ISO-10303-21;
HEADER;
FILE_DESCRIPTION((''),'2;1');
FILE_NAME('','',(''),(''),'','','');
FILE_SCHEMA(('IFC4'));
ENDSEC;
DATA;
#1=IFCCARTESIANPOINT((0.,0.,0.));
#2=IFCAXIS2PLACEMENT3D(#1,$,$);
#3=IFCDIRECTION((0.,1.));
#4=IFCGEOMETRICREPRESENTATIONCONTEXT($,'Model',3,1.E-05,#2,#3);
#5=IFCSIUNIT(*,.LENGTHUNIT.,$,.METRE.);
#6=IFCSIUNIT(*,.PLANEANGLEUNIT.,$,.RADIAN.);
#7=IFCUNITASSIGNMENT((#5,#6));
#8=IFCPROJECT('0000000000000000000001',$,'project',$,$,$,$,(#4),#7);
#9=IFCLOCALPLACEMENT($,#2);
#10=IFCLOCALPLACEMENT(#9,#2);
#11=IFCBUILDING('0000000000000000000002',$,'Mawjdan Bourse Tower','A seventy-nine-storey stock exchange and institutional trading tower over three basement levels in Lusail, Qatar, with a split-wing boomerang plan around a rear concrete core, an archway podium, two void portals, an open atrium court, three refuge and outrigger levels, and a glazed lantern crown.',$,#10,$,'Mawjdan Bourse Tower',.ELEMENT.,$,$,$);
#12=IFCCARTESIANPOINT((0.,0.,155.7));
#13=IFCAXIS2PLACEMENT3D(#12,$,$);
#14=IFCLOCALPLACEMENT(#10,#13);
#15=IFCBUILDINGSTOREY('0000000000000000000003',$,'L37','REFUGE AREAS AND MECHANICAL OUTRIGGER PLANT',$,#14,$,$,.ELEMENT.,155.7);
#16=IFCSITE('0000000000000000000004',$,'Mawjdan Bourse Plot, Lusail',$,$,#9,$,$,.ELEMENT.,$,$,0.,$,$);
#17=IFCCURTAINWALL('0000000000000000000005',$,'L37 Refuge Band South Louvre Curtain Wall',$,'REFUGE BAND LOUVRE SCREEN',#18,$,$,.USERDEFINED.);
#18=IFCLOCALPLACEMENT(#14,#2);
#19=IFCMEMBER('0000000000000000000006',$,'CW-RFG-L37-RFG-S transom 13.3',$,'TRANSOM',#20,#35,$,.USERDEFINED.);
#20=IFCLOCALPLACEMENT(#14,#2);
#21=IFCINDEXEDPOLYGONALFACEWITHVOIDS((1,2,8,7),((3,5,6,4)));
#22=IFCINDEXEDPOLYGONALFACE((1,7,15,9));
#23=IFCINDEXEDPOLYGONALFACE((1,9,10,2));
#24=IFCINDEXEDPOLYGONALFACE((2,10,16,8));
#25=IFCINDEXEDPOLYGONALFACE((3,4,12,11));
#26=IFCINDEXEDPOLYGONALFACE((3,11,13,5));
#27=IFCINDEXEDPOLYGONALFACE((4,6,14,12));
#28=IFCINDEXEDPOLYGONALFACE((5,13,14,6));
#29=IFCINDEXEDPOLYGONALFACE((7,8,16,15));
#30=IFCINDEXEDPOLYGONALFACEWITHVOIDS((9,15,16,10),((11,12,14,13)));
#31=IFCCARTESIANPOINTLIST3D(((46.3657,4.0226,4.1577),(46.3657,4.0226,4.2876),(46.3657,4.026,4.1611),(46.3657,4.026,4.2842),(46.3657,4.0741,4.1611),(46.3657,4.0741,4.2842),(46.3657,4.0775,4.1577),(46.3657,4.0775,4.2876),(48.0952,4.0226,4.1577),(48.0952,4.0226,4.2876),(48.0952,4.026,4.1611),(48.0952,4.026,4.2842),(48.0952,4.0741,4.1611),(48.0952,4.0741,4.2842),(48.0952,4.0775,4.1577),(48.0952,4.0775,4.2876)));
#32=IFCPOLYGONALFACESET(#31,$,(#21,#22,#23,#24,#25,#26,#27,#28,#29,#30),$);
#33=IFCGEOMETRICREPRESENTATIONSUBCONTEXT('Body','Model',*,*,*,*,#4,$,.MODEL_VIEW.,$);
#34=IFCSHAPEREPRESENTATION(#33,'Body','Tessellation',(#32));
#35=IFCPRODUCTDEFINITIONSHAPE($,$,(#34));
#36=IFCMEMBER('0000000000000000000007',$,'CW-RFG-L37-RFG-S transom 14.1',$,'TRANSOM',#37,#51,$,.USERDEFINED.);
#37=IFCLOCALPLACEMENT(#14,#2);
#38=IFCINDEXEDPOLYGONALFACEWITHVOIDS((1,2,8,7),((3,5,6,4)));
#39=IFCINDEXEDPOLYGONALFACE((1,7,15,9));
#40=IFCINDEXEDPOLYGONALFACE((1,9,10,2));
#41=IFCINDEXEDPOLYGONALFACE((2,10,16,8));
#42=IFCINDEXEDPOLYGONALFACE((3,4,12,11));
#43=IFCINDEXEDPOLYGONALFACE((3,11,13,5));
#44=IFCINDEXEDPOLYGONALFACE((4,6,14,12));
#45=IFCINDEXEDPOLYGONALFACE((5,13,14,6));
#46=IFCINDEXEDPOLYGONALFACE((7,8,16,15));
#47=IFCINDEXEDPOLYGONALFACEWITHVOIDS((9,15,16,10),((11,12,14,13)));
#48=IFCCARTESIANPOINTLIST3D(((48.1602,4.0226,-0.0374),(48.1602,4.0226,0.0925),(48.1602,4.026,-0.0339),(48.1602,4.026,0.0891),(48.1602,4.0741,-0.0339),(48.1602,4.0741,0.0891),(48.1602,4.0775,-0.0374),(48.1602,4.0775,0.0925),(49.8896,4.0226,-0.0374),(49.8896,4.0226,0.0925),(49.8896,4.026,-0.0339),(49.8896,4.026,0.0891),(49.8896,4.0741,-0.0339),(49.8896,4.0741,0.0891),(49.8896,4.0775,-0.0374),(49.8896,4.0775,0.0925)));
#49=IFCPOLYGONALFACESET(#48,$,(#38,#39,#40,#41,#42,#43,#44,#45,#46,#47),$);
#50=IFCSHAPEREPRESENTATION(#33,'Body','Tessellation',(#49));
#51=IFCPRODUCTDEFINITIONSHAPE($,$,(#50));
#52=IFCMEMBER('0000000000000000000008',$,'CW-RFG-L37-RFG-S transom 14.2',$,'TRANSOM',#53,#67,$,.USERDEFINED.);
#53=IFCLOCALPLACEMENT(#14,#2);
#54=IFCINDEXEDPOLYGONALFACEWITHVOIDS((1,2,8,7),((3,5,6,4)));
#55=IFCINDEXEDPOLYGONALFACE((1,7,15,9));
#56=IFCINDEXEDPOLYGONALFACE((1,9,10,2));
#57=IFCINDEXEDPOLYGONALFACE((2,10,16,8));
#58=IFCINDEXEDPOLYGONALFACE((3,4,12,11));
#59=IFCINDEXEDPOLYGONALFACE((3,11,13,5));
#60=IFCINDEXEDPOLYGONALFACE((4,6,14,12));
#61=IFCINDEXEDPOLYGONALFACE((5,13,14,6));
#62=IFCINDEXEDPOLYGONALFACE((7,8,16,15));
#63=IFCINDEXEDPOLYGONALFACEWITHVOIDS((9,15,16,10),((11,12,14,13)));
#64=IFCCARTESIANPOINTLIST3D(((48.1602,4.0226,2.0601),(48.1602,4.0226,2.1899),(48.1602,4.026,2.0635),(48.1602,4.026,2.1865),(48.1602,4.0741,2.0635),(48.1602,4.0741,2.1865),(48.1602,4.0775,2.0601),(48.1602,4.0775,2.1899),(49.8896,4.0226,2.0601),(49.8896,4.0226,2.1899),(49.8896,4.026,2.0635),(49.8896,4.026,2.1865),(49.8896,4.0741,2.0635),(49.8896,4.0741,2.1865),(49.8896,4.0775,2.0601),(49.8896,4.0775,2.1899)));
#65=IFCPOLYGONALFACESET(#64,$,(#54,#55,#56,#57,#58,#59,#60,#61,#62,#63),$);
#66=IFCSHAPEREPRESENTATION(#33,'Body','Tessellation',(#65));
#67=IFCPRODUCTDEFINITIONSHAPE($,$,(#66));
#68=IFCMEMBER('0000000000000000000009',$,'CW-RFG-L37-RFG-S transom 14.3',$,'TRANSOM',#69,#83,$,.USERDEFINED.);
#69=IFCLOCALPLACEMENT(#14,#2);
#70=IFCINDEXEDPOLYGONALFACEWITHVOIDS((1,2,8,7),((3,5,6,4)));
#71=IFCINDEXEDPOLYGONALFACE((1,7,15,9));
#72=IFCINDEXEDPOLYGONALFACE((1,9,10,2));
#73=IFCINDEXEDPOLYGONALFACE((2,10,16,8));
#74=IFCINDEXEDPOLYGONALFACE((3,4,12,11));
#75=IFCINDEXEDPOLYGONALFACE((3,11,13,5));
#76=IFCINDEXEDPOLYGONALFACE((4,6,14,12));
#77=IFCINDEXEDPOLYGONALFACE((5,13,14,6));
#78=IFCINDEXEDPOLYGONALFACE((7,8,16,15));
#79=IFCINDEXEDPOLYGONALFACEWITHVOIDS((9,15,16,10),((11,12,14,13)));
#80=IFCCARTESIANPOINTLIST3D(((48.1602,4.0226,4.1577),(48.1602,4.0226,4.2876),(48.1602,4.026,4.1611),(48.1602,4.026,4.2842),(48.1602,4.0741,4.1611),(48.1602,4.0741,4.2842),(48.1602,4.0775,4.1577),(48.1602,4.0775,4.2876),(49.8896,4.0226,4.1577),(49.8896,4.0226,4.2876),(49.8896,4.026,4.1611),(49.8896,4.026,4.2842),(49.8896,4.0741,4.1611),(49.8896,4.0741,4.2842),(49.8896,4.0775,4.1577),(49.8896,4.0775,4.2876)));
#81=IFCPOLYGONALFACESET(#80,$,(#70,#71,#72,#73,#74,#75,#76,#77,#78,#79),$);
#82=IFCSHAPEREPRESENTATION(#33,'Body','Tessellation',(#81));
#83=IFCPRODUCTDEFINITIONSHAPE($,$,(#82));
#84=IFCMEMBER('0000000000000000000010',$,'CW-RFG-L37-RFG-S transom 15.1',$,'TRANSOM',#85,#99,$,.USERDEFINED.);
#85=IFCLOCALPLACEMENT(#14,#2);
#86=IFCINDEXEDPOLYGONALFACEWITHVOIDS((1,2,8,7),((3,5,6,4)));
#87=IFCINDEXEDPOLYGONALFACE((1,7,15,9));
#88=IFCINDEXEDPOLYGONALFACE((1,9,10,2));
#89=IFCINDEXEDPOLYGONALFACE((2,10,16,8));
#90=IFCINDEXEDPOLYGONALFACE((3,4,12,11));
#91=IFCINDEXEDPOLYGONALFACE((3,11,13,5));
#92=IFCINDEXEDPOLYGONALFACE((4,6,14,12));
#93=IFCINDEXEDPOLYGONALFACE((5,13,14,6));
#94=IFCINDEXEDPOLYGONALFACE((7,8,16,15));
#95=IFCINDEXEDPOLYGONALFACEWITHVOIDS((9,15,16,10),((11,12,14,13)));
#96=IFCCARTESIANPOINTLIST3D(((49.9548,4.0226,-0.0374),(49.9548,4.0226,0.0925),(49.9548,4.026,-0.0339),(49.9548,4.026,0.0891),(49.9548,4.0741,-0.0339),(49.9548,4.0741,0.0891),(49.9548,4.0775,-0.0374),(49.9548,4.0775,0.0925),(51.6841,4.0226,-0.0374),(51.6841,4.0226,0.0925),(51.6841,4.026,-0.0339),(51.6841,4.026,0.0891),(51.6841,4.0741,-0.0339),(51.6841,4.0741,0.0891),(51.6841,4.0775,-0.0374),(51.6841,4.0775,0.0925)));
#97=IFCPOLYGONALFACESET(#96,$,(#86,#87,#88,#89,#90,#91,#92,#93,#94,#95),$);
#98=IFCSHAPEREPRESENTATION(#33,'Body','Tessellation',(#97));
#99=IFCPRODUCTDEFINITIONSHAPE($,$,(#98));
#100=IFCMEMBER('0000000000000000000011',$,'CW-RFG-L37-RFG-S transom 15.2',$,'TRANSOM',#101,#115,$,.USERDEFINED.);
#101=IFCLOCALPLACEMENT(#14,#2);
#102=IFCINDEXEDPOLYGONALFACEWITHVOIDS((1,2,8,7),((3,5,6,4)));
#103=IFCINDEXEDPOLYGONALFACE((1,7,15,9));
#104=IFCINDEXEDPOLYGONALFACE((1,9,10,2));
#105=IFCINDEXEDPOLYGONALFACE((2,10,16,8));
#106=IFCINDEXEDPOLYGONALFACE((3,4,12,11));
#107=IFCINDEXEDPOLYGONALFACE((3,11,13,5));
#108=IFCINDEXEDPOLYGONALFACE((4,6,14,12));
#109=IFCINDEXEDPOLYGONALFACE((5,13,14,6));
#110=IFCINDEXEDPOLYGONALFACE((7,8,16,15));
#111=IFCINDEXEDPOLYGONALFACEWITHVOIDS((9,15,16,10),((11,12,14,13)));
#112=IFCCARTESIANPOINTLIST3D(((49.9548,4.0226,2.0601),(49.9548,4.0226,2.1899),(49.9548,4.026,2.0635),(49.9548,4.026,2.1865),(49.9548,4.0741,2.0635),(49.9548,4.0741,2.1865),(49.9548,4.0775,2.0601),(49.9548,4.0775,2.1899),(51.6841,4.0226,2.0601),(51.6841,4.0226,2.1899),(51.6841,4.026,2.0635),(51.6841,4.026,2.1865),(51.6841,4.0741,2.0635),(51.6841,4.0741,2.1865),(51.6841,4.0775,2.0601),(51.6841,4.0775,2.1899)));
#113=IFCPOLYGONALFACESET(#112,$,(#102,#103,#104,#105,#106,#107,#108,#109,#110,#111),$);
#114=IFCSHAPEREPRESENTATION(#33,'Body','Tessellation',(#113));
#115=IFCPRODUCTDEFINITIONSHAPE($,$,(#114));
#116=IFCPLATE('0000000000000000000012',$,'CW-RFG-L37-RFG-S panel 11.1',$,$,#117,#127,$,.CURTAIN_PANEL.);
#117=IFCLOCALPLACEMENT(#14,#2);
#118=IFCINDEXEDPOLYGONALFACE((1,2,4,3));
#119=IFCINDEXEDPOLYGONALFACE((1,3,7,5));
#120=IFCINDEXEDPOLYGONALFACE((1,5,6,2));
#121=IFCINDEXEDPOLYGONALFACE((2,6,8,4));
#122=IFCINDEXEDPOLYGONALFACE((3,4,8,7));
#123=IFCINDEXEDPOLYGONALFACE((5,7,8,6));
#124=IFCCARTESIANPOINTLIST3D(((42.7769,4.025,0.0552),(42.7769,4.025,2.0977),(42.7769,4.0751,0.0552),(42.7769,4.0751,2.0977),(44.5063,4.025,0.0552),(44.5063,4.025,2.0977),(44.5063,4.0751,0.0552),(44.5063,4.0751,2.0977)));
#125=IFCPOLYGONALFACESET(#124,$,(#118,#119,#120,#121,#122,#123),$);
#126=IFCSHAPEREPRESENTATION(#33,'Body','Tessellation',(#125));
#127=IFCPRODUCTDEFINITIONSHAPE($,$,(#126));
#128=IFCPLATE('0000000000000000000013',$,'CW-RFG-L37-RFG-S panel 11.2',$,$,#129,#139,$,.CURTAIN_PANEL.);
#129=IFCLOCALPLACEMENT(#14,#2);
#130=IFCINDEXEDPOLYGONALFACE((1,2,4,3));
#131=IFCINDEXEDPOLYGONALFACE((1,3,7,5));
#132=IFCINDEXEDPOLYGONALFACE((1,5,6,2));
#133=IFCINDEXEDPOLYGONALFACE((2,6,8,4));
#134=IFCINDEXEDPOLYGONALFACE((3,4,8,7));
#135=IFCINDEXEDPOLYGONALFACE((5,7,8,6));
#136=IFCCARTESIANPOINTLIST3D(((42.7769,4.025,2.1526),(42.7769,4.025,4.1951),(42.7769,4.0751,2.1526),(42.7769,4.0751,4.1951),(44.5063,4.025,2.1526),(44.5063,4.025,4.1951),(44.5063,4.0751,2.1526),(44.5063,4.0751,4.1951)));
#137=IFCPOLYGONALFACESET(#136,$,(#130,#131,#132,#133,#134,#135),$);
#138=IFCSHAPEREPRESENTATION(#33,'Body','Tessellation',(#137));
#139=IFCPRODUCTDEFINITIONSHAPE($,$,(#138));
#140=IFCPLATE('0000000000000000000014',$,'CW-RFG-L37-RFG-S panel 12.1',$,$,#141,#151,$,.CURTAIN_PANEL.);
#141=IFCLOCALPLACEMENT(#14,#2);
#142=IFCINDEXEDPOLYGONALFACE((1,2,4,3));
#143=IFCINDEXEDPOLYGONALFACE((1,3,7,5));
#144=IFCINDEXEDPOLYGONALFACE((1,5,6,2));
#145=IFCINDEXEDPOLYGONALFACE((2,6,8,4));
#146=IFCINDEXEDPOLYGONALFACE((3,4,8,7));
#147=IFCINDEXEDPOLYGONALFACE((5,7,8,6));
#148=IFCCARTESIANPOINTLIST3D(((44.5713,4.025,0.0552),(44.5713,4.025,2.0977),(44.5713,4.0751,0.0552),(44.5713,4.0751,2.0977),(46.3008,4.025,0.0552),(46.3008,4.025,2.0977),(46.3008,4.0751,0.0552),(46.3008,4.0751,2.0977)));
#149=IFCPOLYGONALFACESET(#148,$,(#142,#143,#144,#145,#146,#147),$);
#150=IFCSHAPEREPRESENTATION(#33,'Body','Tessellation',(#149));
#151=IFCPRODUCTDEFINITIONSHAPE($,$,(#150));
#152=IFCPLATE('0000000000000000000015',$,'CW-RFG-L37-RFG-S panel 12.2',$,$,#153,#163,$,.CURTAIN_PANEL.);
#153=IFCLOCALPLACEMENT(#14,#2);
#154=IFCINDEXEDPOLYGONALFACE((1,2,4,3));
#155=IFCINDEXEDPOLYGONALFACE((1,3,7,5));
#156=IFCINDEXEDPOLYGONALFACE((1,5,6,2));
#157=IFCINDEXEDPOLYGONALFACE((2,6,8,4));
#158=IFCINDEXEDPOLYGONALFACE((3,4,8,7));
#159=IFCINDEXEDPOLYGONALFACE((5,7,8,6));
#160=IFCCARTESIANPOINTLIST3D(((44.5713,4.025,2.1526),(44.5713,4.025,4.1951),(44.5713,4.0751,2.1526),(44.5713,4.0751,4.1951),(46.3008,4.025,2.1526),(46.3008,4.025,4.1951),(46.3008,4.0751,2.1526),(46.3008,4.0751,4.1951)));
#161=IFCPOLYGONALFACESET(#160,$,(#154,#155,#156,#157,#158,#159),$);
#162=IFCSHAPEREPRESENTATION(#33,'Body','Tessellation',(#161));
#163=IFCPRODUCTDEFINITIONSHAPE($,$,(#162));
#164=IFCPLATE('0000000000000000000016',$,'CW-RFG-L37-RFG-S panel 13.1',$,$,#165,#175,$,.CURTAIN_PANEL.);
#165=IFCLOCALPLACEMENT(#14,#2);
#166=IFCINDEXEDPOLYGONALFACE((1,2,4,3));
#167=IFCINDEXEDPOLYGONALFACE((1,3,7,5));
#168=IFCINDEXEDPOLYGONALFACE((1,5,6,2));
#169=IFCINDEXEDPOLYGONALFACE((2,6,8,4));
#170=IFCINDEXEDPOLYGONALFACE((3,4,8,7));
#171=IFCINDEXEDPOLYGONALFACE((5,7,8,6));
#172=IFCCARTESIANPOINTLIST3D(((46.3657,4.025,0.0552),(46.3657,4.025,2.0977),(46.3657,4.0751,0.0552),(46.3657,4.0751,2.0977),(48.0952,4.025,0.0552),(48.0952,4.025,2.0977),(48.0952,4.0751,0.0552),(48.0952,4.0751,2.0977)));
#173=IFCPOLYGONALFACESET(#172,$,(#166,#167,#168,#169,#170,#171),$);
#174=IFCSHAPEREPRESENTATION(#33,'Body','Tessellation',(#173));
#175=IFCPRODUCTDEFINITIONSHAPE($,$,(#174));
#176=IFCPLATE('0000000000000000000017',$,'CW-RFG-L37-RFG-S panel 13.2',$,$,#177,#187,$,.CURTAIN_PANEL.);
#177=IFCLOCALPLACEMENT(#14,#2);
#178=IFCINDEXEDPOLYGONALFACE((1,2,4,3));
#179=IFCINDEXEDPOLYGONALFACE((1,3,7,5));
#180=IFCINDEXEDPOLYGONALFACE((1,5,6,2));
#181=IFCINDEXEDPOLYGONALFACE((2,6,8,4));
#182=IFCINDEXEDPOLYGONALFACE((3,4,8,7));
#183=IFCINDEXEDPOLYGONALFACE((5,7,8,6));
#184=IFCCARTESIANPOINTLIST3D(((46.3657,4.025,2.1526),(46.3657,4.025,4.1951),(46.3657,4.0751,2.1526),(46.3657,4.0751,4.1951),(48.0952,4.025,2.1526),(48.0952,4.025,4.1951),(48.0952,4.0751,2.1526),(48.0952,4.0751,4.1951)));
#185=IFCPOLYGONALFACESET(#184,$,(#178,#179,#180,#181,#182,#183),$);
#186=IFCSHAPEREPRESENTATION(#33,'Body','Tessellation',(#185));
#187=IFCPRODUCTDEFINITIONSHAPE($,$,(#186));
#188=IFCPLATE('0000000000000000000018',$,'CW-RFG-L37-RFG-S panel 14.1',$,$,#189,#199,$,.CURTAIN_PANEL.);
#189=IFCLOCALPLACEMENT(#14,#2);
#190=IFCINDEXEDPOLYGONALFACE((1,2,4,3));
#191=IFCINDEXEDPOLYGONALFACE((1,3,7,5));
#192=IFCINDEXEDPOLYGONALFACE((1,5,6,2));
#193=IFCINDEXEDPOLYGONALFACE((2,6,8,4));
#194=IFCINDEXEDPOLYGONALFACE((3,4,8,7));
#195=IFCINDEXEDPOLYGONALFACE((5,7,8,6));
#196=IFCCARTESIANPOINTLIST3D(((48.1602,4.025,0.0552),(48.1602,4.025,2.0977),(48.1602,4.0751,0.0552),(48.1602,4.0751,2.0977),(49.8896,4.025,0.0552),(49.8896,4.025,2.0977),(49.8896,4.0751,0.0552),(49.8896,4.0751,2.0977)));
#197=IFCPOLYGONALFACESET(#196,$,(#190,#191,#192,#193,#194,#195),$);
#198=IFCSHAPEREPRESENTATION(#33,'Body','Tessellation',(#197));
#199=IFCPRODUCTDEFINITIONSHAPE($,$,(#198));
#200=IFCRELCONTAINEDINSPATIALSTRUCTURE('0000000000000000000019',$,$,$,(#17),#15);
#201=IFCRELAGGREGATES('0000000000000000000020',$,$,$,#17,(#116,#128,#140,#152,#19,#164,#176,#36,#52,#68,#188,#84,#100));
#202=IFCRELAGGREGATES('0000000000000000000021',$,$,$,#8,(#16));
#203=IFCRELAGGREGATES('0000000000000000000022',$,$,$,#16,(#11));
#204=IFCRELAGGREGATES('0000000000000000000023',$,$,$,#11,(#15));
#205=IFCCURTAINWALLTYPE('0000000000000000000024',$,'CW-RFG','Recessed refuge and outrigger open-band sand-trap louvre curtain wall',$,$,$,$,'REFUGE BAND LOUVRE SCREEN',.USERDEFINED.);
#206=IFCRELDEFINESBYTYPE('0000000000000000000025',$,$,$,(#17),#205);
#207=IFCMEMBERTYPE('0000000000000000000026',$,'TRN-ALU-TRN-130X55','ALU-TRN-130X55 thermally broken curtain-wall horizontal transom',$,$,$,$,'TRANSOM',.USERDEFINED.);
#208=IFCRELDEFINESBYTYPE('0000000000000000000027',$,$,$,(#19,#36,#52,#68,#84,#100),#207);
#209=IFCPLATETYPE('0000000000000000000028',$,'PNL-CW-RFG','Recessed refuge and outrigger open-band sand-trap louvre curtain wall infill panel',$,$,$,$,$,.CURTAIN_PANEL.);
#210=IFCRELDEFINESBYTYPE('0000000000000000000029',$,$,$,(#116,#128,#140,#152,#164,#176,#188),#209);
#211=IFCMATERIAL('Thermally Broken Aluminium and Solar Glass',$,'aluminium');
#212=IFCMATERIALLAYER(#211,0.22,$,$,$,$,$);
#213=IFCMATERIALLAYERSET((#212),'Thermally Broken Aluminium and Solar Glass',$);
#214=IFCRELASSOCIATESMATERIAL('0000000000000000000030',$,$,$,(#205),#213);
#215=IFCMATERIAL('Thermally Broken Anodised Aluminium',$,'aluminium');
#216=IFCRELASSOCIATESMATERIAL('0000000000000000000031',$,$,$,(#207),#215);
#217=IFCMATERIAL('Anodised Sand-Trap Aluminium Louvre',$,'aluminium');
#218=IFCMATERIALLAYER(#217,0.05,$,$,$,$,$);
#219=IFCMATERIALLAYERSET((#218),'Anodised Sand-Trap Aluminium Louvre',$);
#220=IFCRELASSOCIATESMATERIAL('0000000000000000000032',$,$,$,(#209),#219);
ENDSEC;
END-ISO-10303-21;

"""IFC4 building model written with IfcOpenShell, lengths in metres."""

from ifc_helpers import new_model, si_unit, direction, frame, origin, origin_2d, place, context, subcontext, project, spatial, rectangle, hollow_rectangle, extrude, material, layer, layer_set, material_profile, profile_set, type_object, element, aggregate, save


model = new_model("IFC4")

# Units and contexts
model_context = context("Model", 3, precision=1e-05, world=origin(), true_north=direction((0.0, 1.0)))
body_context = subcontext(model_context, "Body", "Model", "MODEL_VIEW")
ifc_project = project(units=[si_unit("LENGTHUNIT", "METRE"), si_unit("PLANEANGLEUNIT", "RADIAN")], contexts=[model_context])

# Site, building, storey
site_placement = place(None, origin())
site = spatial("IfcSite", under=ifc_project, at=site_placement, Name="Mawjdan Bourse Plot, Lusail", CompositionType="ELEMENT", RefElevation=0.0)
building_placement = place(site_placement, origin())
building = spatial("IfcBuilding", under=site, at=building_placement, Name="Mawjdan Bourse Tower", Description="A seventy-nine-storey stock exchange and institutional trading tower over three basement levels in Lusail, Qatar, with a split-wing boomerang plan around a rear concrete core, an archway podium, two void portals, an open atrium court, three refuge and outrigger levels, and a glazed lantern crown.", LongName="Mawjdan Bourse Tower", CompositionType="ELEMENT")
storey_placement = place(building_placement, frame((0.0, 0.0, 155.7)))
storey = spatial("IfcBuildingStorey", under=building, at=storey_placement, Name="L37", Description="REFUGE AREAS AND MECHANICAL OUTRIGGER PLANT", CompositionType="ELEMENT", Elevation=155.7)

# Curtain wall
ifc_material_1 = material(Name="Thermally Broken Aluminium and Solar Glass", Category="aluminium")
ifc_layer_1 = layer(ifc_material_1, 0.22)
ifc_layer_set_1 = layer_set([ifc_layer_1], Name="Thermally Broken Aluminium and Solar Glass")
curtain_wall_type = type_object("IfcCurtainWallType", Name="CW-RFG", Description="Recessed refuge and outrigger open-band sand-trap louvre curtain wall", ElementType="REFUGE BAND LOUVRE SCREEN", PredefinedType="USERDEFINED", material=ifc_layer_set_1)
curtain_wall_placement = place(storey_placement, origin())
curtain_wall = element("IfcCurtainWall", 1, at=curtain_wall_placement, inside=storey, type_object=curtain_wall_type, Name="L37 Refuge Band South Louvre Curtain Wall", ObjectType="REFUGE BAND LOUVRE SCREEN", PredefinedType="USERDEFINED")
ifc_material_2 = material(Name="Thermally Broken Anodised Aluminium", Category="aluminium")

# Members
ifc_material_profile_1 = material_profile(ifc_material_2, hollow_rectangle(XDim=0.0549, YDim=0.1299, WallThickness=0.0034, at=origin_2d()), Name="ALU-TRN-130X55")
ifc_profile_set_1 = profile_set([ifc_material_profile_1], Name="Thermally Broken Anodised Aluminium")
member_type_1 = type_object("IfcMemberType", Name="TRN-ALU-TRN-130X55", Description="ALU-TRN-130X55 thermally broken curtain-wall horizontal transom", ElementType="TRANSOM", PredefinedType="USERDEFINED", material=ifc_profile_set_1)
member_1_placement = place(storey_placement, frame((46.3657, 4.05, 4.2227), z_axis=(1.0, 0.0, 0.0), x_axis=(0.0, 1.0, 0.0)))
member_1 = element("IfcMember", 2, at=member_1_placement, type_object=member_type_1, Name="CW-RFG-L37-RFG-S transom 13.3", ObjectType="TRANSOM", PredefinedType="USERDEFINED", context=body_context, shape_type="SweptSolid", body=[
    extrude(hollow_rectangle(XDim=0.0549, YDim=0.1299, WallThickness=0.0034, at=origin_2d()), origin(), (0.0, 0.0, 1.0), 1.7295),
])
member_2_placement = place(storey_placement, frame((48.1602, 4.05, 0.0276), z_axis=(1.0, 0.0, 0.0), x_axis=(0.0, 1.0, 0.0)))
member_2 = element("IfcMember", 3, at=member_2_placement, type_object=member_type_1, Name="CW-RFG-L37-RFG-S transom 14.1", ObjectType="TRANSOM", PredefinedType="USERDEFINED", context=body_context, shape_type="SweptSolid", body=[
    extrude(hollow_rectangle(XDim=0.0549, YDim=0.1299, WallThickness=0.0034, at=origin_2d()), origin(), (0.0, 0.0, 1.0), 1.7295),
])
member_3_placement = place(storey_placement, frame((48.1602, 4.05, 2.125), z_axis=(1.0, 0.0, 0.0), x_axis=(0.0, 1.0, 0.0)))
member_3 = element("IfcMember", 4, at=member_3_placement, type_object=member_type_1, Name="CW-RFG-L37-RFG-S transom 14.2", ObjectType="TRANSOM", PredefinedType="USERDEFINED", context=body_context, shape_type="SweptSolid", body=[
    extrude(hollow_rectangle(XDim=0.0549, YDim=0.1299, WallThickness=0.0034, at=origin_2d()), origin(), (0.0, 0.0, 1.0), 1.7295),
])
member_4_placement = place(storey_placement, frame((48.1602, 4.05, 4.2227), z_axis=(1.0, 0.0, 0.0), x_axis=(0.0, 1.0, 0.0)))
member_4 = element("IfcMember", 5, at=member_4_placement, type_object=member_type_1, Name="CW-RFG-L37-RFG-S transom 14.3", ObjectType="TRANSOM", PredefinedType="USERDEFINED", context=body_context, shape_type="SweptSolid", body=[
    extrude(hollow_rectangle(XDim=0.0549, YDim=0.1299, WallThickness=0.0034, at=origin_2d()), origin(), (0.0, 0.0, 1.0), 1.7295),
])
member_5_placement = place(storey_placement, frame((49.9548, 4.05, 0.0276), z_axis=(1.0, 0.0, 0.0), x_axis=(0.0, 1.0, 0.0)))
member_5 = element("IfcMember", 6, at=member_5_placement, type_object=member_type_1, Name="CW-RFG-L37-RFG-S transom 15.1", ObjectType="TRANSOM", PredefinedType="USERDEFINED", context=body_context, shape_type="SweptSolid", body=[
    extrude(hollow_rectangle(XDim=0.0549, YDim=0.1299, WallThickness=0.0034, at=origin_2d()), origin(), (0.0, 0.0, 1.0), 1.7292),
])
member_6_placement = place(storey_placement, frame((49.9548, 4.05, 2.125), z_axis=(1.0, 0.0, 0.0), x_axis=(0.0, 1.0, 0.0)))
member_6 = element("IfcMember", 7, at=member_6_placement, type_object=member_type_1, Name="CW-RFG-L37-RFG-S transom 15.2", ObjectType="TRANSOM", PredefinedType="USERDEFINED", context=body_context, shape_type="SweptSolid", body=[
    extrude(hollow_rectangle(XDim=0.0549, YDim=0.1299, WallThickness=0.0034, at=origin_2d()), origin(), (0.0, 0.0, 1.0), 1.7292),
])

# Plates
ifc_material_3 = material(Name="Anodised Sand-Trap Aluminium Louvre", Category="aluminium")
ifc_layer_2 = layer(ifc_material_3, 0.05)
ifc_layer_set_2 = layer_set([ifc_layer_2], Name="Anodised Sand-Trap Aluminium Louvre")
plate_type = type_object("IfcPlateType", Name="PNL-CW-RFG", Description="Recessed refuge and outrigger open-band sand-trap louvre curtain wall infill panel", PredefinedType="CURTAIN_PANEL", material=ifc_layer_set_2)
plate_1_placement = place(storey_placement, frame((43.6416, 4.05, 0.0552), z_axis=(0.0, 0.0, 1.0), x_axis=(1.0, 0.0, 0.0)))
plate_1 = element("IfcPlate", 8, at=plate_1_placement, type_object=plate_type, Name="CW-RFG-L37-RFG-S panel 11.1", PredefinedType="CURTAIN_PANEL", context=body_context, shape_type="SweptSolid", body=[
    extrude(rectangle(XDim=1.7295, YDim=0.05, at=origin_2d()), origin(), (0.0, 0.0, 1.0), 2.0425),
])
plate_2_placement = place(storey_placement, frame((43.6416, 4.05, 2.1526), z_axis=(0.0, 0.0, 1.0), x_axis=(1.0, 0.0, 0.0)))
plate_2 = element("IfcPlate", 9, at=plate_2_placement, type_object=plate_type, Name="CW-RFG-L37-RFG-S panel 11.2", PredefinedType="CURTAIN_PANEL", context=body_context, shape_type="SweptSolid", body=[
    extrude(rectangle(XDim=1.7295, YDim=0.05, at=origin_2d()), origin(), (0.0, 0.0, 1.0), 2.0425),
])
plate_3_placement = place(storey_placement, frame((45.436, 4.05, 0.0552), z_axis=(0.0, 0.0, 1.0), x_axis=(1.0, 0.0, 0.0)))
plate_3 = element("IfcPlate", 10, at=plate_3_placement, type_object=plate_type, Name="CW-RFG-L37-RFG-S panel 12.1", PredefinedType="CURTAIN_PANEL", context=body_context, shape_type="SweptSolid", body=[
    extrude(rectangle(XDim=1.7295, YDim=0.05, at=origin_2d()), origin(), (0.0, 0.0, 1.0), 2.0425),
])
plate_4_placement = place(storey_placement, frame((45.436, 4.05, 2.1526), z_axis=(0.0, 0.0, 1.0), x_axis=(1.0, 0.0, 0.0)))
plate_4 = element("IfcPlate", 11, at=plate_4_placement, type_object=plate_type, Name="CW-RFG-L37-RFG-S panel 12.2", PredefinedType="CURTAIN_PANEL", context=body_context, shape_type="SweptSolid", body=[
    extrude(rectangle(XDim=1.7295, YDim=0.05, at=origin_2d()), origin(), (0.0, 0.0, 1.0), 2.0425),
])
plate_5_placement = place(storey_placement, frame((47.2305, 4.05, 0.0552), z_axis=(0.0, 0.0, 1.0), x_axis=(1.0, 0.0, 0.0)))
plate_5 = element("IfcPlate", 12, at=plate_5_placement, type_object=plate_type, Name="CW-RFG-L37-RFG-S panel 13.1", PredefinedType="CURTAIN_PANEL", context=body_context, shape_type="SweptSolid", body=[
    extrude(rectangle(XDim=1.7295, YDim=0.05, at=origin_2d()), origin(), (0.0, 0.0, 1.0), 2.0425),
])
plate_6_placement = place(storey_placement, frame((47.2305, 4.05, 2.1526), z_axis=(0.0, 0.0, 1.0), x_axis=(1.0, 0.0, 0.0)))
plate_6 = element("IfcPlate", 13, at=plate_6_placement, type_object=plate_type, Name="CW-RFG-L37-RFG-S panel 13.2", PredefinedType="CURTAIN_PANEL", context=body_context, shape_type="SweptSolid", body=[
    extrude(rectangle(XDim=1.7295, YDim=0.05, at=origin_2d()), origin(), (0.0, 0.0, 1.0), 2.0425),
])
plate_7_placement = place(storey_placement, frame((49.0249, 4.05, 0.0552), z_axis=(0.0, 0.0, 1.0), x_axis=(1.0, 0.0, 0.0)))
plate_7 = element("IfcPlate", 14, at=plate_7_placement, type_object=plate_type, Name="CW-RFG-L37-RFG-S panel 14.1", PredefinedType="CURTAIN_PANEL", context=body_context, shape_type="SweptSolid", body=[
    extrude(rectangle(XDim=1.7295, YDim=0.05, at=origin_2d()), origin(), (0.0, 0.0, 1.0), 2.0425),
])
aggregate(curtain_wall, [plate_1, plate_2, plate_3, plate_4, member_1, plate_5, plate_6, member_2, member_3, member_4, plate_7, member_5, member_6])

save(model, "model.ifc")
